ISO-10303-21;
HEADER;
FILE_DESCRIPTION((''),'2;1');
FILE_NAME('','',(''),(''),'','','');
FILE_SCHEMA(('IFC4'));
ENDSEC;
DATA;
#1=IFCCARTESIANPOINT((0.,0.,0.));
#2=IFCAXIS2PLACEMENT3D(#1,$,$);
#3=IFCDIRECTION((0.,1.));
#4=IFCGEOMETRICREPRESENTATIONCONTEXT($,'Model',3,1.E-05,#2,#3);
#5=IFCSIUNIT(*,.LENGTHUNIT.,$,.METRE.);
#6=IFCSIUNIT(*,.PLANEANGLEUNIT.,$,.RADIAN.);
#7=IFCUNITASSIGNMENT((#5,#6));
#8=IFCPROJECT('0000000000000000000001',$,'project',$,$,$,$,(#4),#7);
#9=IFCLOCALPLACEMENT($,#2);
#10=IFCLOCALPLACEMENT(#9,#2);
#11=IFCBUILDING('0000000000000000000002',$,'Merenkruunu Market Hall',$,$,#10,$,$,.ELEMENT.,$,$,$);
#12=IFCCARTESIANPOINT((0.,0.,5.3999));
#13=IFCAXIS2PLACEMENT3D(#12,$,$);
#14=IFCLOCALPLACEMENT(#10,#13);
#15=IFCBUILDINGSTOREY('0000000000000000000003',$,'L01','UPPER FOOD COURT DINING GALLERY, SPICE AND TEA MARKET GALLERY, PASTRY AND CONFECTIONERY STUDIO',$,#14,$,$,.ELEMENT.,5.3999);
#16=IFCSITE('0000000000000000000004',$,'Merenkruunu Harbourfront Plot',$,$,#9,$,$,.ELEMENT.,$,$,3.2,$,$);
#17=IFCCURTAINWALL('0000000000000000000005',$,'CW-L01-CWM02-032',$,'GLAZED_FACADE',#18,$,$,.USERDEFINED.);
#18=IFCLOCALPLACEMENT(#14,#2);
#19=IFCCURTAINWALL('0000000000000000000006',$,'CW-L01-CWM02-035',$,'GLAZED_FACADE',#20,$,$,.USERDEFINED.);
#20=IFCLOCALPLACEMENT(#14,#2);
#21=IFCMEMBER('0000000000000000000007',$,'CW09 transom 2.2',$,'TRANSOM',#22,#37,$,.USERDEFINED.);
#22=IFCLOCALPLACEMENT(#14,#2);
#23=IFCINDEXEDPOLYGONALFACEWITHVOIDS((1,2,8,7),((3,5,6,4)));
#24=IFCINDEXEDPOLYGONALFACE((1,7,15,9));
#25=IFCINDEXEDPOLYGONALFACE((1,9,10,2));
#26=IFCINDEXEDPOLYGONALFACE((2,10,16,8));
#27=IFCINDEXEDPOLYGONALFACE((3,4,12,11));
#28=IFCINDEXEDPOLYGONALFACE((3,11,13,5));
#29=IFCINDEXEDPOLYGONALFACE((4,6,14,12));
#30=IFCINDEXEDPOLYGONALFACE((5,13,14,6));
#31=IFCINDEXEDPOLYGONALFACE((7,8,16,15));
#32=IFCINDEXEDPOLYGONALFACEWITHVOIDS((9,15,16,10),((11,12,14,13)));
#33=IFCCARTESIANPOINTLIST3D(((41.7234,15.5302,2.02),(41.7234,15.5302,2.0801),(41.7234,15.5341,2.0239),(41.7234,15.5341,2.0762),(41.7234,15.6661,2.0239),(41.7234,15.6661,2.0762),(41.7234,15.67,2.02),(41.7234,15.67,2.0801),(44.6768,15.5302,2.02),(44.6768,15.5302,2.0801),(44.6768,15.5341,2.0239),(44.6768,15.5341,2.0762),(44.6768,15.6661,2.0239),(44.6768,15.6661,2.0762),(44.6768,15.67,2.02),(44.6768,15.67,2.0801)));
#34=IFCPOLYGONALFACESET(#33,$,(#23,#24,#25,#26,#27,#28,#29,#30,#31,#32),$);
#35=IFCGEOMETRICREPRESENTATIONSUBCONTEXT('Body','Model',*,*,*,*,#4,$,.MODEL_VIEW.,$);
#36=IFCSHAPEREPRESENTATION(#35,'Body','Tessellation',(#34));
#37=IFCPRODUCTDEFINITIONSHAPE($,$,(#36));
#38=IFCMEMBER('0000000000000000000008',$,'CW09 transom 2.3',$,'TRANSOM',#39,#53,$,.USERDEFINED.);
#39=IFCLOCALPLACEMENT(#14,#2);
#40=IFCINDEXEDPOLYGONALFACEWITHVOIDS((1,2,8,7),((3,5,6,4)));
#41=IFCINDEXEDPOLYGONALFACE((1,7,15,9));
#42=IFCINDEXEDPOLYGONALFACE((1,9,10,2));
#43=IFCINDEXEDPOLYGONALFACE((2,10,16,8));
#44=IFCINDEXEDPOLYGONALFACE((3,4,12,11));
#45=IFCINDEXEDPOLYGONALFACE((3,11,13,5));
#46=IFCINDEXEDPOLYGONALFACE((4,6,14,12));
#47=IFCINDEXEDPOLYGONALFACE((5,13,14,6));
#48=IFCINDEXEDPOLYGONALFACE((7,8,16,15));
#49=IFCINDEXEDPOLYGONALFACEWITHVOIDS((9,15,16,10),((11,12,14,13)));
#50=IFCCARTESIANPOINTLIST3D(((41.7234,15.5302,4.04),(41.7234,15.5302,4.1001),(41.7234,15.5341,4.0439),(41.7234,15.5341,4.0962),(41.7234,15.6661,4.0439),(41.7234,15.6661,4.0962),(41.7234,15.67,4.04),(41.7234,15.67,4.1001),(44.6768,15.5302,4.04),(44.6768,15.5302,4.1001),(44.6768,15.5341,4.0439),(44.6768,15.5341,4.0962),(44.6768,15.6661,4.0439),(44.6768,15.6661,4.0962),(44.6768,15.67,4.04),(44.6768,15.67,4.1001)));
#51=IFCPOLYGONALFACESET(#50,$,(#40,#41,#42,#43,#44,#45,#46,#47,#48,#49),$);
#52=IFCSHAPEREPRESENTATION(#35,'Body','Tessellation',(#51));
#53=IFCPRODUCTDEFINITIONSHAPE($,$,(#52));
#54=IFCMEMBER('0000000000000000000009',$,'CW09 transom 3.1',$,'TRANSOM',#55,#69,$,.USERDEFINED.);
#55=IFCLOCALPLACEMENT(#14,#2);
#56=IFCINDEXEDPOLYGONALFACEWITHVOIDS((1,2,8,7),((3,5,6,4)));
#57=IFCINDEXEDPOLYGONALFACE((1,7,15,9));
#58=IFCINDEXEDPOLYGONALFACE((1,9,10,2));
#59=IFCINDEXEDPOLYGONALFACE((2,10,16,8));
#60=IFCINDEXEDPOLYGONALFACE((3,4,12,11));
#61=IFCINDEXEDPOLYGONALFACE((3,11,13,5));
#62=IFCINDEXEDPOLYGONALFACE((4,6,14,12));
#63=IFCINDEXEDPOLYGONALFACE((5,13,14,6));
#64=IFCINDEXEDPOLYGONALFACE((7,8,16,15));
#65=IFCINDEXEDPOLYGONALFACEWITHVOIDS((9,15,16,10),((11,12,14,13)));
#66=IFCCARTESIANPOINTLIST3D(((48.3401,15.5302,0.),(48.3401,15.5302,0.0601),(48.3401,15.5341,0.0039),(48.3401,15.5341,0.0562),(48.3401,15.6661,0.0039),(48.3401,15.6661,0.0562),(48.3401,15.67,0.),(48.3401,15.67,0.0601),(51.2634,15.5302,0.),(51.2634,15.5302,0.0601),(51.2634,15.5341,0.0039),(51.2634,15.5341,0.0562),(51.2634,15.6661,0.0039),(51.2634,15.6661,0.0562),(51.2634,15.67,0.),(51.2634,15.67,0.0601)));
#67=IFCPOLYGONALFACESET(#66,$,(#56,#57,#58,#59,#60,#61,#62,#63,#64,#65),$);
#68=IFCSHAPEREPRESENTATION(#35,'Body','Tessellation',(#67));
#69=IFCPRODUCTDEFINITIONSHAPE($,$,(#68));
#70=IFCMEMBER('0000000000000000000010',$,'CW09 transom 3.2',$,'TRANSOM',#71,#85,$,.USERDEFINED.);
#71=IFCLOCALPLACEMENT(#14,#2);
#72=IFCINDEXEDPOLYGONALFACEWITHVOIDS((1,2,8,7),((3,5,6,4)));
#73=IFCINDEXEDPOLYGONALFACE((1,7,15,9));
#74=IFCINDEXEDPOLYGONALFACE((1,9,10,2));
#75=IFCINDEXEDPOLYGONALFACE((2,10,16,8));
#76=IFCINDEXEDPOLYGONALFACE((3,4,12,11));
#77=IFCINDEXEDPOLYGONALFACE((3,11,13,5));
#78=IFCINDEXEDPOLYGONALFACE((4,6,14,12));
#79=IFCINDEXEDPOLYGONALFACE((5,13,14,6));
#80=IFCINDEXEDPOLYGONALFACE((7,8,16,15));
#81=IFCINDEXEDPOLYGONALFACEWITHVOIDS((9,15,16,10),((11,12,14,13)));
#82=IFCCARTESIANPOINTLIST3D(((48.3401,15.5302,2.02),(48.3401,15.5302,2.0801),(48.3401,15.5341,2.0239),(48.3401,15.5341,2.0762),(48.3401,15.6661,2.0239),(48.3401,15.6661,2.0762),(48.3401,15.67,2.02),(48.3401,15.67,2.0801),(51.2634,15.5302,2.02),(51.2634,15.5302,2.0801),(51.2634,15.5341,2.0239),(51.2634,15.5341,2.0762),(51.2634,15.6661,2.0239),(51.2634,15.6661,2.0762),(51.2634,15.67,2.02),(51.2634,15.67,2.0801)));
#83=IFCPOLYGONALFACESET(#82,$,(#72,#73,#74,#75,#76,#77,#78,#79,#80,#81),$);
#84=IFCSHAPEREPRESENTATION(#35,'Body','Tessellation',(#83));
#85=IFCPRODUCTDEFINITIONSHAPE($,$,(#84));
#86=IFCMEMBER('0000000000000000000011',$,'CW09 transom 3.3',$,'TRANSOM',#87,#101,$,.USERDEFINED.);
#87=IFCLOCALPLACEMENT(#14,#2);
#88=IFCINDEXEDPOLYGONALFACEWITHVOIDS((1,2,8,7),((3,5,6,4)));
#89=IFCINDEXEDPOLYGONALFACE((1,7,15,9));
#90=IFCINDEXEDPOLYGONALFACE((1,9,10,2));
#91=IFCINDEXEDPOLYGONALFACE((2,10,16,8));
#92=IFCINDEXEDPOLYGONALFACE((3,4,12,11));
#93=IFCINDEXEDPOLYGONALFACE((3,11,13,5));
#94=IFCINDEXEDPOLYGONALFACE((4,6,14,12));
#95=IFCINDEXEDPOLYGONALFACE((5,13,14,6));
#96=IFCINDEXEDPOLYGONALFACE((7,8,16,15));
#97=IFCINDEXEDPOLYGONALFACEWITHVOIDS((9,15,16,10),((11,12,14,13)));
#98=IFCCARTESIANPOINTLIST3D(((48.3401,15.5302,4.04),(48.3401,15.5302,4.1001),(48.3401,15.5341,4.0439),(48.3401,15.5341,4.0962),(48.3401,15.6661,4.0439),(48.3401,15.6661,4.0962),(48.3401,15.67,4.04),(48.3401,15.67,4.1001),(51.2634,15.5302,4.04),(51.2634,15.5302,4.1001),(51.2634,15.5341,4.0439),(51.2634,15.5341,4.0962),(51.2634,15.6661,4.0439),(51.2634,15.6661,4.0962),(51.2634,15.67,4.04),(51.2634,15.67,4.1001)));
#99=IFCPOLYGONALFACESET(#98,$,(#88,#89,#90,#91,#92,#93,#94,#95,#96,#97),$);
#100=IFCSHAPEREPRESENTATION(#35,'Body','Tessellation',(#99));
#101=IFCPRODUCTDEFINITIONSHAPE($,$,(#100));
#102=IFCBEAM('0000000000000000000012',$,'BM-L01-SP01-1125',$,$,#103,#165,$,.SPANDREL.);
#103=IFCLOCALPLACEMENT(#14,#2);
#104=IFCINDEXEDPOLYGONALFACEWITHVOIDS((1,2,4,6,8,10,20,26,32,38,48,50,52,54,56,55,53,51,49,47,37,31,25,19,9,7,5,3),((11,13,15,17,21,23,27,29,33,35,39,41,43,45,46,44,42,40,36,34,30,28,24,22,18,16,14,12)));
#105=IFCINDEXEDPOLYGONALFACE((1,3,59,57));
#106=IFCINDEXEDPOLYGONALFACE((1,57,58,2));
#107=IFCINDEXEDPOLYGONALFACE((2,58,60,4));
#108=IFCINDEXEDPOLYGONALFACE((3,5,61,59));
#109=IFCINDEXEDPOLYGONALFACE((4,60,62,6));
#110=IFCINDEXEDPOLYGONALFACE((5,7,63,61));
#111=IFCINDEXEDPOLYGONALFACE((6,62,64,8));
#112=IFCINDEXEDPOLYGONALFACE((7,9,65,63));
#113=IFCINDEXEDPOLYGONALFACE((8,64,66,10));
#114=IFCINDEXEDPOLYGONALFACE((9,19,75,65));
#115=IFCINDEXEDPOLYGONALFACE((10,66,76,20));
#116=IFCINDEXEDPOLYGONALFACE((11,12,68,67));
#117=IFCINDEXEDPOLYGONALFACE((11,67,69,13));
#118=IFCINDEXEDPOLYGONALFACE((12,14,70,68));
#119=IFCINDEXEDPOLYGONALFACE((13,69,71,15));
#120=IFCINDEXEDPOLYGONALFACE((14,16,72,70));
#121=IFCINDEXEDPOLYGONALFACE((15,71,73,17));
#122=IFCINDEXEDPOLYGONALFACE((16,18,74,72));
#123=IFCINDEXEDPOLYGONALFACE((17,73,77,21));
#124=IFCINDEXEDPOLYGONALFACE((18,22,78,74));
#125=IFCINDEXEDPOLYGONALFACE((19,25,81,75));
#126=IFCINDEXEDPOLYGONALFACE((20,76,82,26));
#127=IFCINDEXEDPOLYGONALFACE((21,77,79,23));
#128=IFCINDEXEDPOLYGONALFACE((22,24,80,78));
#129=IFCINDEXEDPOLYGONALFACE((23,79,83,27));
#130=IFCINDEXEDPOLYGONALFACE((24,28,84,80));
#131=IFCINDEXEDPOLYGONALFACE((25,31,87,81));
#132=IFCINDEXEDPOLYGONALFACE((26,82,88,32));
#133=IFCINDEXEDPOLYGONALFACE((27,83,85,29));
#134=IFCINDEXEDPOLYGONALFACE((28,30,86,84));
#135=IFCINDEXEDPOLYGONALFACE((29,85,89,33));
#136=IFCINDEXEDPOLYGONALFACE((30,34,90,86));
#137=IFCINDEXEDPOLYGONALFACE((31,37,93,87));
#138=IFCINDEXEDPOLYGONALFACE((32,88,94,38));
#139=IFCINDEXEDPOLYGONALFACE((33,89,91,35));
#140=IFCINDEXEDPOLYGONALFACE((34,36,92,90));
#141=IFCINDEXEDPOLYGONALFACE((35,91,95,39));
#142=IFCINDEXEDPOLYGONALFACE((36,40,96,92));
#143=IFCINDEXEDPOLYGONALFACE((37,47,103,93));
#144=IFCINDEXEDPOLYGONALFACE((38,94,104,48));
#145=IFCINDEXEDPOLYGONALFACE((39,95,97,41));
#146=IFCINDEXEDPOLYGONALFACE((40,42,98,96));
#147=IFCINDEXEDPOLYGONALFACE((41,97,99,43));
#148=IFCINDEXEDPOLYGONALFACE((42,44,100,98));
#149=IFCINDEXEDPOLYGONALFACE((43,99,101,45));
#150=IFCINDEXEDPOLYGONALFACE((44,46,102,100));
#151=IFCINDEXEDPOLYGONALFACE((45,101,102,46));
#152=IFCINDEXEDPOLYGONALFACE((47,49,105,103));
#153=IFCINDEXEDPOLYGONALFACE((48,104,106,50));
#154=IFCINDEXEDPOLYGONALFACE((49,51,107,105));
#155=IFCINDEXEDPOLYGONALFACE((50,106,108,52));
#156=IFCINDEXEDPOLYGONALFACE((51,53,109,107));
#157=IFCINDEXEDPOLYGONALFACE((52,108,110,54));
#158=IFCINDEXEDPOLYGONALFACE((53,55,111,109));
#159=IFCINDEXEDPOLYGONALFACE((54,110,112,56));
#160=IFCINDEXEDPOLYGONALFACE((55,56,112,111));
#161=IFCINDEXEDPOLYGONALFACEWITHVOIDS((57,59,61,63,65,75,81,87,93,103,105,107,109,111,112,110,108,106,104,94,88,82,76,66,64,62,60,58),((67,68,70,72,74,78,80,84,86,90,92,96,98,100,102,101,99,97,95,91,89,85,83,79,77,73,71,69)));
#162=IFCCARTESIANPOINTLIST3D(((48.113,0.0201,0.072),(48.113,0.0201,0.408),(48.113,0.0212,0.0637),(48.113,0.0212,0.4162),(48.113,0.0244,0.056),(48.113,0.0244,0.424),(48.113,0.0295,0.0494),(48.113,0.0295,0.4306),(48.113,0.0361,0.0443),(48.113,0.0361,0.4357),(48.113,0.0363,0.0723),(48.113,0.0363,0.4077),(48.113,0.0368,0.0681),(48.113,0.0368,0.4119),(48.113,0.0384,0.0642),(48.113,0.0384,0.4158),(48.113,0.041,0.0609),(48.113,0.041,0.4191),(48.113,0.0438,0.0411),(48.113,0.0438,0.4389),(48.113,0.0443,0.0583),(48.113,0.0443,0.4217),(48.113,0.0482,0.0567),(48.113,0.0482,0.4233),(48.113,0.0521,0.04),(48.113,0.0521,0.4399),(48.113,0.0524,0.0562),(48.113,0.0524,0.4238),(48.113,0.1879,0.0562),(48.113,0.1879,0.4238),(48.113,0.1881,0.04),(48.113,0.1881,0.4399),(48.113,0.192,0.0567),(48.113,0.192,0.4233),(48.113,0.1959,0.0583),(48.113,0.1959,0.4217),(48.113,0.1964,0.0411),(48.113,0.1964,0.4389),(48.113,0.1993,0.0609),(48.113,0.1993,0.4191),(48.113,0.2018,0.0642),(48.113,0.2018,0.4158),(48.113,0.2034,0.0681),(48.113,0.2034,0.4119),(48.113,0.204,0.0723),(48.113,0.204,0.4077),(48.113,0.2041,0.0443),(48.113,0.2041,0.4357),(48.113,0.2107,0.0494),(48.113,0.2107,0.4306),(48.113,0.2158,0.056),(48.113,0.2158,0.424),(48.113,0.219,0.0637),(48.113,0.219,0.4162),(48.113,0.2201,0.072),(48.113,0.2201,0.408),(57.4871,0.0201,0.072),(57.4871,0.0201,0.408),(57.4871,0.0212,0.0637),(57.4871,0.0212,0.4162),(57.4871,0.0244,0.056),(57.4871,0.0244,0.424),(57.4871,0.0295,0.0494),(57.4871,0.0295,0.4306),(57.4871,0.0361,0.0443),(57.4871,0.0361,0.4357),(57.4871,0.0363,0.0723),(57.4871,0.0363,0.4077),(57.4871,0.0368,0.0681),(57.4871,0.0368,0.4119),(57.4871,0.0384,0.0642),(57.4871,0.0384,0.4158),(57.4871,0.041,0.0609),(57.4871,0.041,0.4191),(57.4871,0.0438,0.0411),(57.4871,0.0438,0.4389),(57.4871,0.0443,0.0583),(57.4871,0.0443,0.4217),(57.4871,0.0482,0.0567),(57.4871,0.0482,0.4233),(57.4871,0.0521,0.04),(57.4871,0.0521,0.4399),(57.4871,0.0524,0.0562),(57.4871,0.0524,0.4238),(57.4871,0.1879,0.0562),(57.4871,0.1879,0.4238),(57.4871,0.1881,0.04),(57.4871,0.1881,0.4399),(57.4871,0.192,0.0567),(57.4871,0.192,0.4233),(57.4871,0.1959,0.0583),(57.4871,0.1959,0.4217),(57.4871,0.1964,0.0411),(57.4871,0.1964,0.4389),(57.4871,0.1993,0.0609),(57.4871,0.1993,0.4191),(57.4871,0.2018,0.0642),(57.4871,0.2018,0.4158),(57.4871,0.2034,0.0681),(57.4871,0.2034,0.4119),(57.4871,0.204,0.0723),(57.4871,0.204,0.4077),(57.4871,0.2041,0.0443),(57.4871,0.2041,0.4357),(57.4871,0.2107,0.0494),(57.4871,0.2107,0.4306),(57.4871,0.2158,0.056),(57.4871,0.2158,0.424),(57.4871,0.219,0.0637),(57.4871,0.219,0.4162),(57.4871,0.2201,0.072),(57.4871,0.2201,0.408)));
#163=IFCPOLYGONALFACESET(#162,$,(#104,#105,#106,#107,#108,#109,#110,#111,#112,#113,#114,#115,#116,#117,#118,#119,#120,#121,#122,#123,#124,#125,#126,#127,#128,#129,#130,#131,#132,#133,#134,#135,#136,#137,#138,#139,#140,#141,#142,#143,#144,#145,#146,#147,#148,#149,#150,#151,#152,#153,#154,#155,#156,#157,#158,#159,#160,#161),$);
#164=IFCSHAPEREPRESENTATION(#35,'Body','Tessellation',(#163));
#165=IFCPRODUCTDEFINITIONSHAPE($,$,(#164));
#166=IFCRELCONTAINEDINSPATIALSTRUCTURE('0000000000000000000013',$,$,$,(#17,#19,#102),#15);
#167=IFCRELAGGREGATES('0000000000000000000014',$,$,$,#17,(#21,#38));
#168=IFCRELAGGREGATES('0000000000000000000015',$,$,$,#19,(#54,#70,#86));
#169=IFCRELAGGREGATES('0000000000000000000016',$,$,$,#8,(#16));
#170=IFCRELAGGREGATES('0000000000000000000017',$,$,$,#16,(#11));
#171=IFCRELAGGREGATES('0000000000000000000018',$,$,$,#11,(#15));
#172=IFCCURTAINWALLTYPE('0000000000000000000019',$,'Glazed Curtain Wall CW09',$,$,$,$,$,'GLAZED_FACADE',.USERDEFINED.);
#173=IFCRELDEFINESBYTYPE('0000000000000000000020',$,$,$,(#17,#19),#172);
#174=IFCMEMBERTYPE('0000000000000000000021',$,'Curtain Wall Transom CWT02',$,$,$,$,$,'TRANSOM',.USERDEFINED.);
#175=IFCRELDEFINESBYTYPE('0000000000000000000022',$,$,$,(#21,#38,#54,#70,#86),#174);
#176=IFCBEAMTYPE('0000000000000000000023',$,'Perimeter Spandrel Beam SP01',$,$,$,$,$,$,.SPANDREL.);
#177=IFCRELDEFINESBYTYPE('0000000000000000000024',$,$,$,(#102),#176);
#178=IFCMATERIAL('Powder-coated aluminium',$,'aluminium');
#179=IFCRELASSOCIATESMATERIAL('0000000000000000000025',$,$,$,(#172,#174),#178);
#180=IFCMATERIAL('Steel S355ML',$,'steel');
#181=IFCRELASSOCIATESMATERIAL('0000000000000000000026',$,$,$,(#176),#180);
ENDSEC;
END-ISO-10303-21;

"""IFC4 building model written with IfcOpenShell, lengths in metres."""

from ifc_helpers import new_model, si_unit, direction, frame, origin, origin_2d, place, context, subcontext, project, spatial, hollow_rectangle, extrude, material, material_profile, profile_set, type_object, element, aggregate, save


model = new_model("IFC4")

# Units and contexts
model_context = context("Model", 3, precision=1e-05, world=origin(), true_north=direction((0.0, 1.0)))
body_context = subcontext(model_context, "Body", "Model", "MODEL_VIEW")
ifc_project = project(units=[si_unit("LENGTHUNIT", "METRE"), si_unit("PLANEANGLEUNIT", "RADIAN")], contexts=[model_context])

# Site, building, storey
site_placement = place(None, origin())
site = spatial("IfcSite", under=ifc_project, at=site_placement, Name="Merenkruunu Harbourfront Plot", CompositionType="ELEMENT", RefElevation=3.2)
building_placement = place(site_placement, origin())
building = spatial("IfcBuilding", under=site, at=building_placement, Name="Merenkruunu Market Hall", CompositionType="ELEMENT")
storey_placement = place(building_placement, frame((0.0, 0.0, 5.3999)))
storey = spatial("IfcBuildingStorey", under=building, at=storey_placement, Name="L01", Description="UPPER FOOD COURT DINING GALLERY, SPICE AND TEA MARKET GALLERY, PASTRY AND CONFECTIONERY STUDIO", CompositionType="ELEMENT", Elevation=5.3999)

# Curtain walls
ifc_material_1 = material(Name="Powder-coated aluminium", Category="aluminium")
curtain_wall_type = type_object("IfcCurtainWallType", Name="Glazed Curtain Wall CW09", ElementType="GLAZED_FACADE", PredefinedType="USERDEFINED", material=ifc_material_1)
curtain_wall_1_placement = place(storey_placement, origin())
curtain_wall_1 = element("IfcCurtainWall", 1, at=curtain_wall_1_placement, inside=storey, type_object=curtain_wall_type, Name="CW-L01-CWM02-032", ObjectType="GLAZED_FACADE", PredefinedType="USERDEFINED")
curtain_wall_2_placement = place(storey_placement, origin())
curtain_wall_2 = element("IfcCurtainWall", 2, at=curtain_wall_2_placement, inside=storey, type_object=curtain_wall_type, Name="CW-L01-CWM02-035", ObjectType="GLAZED_FACADE", PredefinedType="USERDEFINED")

# Members
ifc_material_profile_1 = material_profile(ifc_material_1, hollow_rectangle(XDim=0.0601, YDim=0.1399, WallThickness=0.0039, at=origin_2d()), Name="ALU 60x140x4")
ifc_profile_set_1 = profile_set([ifc_material_profile_1], Name="Powder-coated aluminium")
member_type_1 = type_object("IfcMemberType", Name="Curtain Wall Transom CWT02", ElementType="TRANSOM", PredefinedType="USERDEFINED", material=ifc_profile_set_1)
member_1_placement = place(storey_placement, frame((44.6768, 15.6001, 2.05), z_axis=(-1.0, 0.0, 0.0), x_axis=(0.0, 0.0, 1.0)))
member_1 = element("IfcMember", 3, at=member_1_placement, type_object=member_type_1, Name="CW09 transom 2.2", ObjectType="TRANSOM", PredefinedType="USERDEFINED", context=body_context, shape_type="SweptSolid", body=[
    extrude(hollow_rectangle(XDim=0.0601, YDim=0.1399, WallThickness=0.0039, at=origin_2d()), origin(), (0.0, 0.0, 1.0), 2.9534),
])
member_2_placement = place(storey_placement, frame((44.6768, 15.6001, 4.0701), z_axis=(-1.0, 0.0, 0.0), x_axis=(0.0, 0.0, 1.0)))
member_2 = element("IfcMember", 4, at=member_2_placement, type_object=member_type_1, Name="CW09 transom 2.3", ObjectType="TRANSOM", PredefinedType="USERDEFINED", context=body_context, shape_type="SweptSolid", body=[
    extrude(hollow_rectangle(XDim=0.0601, YDim=0.1399, WallThickness=0.0039, at=origin_2d()), origin(), (0.0, 0.0, 1.0), 2.9534),
])
member_3_placement = place(storey_placement, frame((51.2634, 15.6001, 0.03), z_axis=(-1.0, 0.0, 0.0), x_axis=(0.0, 0.0, 1.0)))
member_3 = element("IfcMember", 5, at=member_3_placement, type_object=member_type_1, Name="CW09 transom 3.1", ObjectType="TRANSOM", PredefinedType="USERDEFINED", context=body_context, shape_type="SweptSolid", body=[
    extrude(hollow_rectangle(XDim=0.0601, YDim=0.1399, WallThickness=0.0039, at=origin_2d()), origin(), (0.0, 0.0, 1.0), 2.9233),
])
member_4_placement = place(storey_placement, frame((51.2634, 15.6001, 2.05), z_axis=(-1.0, 0.0, 0.0), x_axis=(0.0, 0.0, 1.0)))
member_4 = element("IfcMember", 6, at=member_4_placement, type_object=member_type_1, Name="CW09 transom 3.2", ObjectType="TRANSOM", PredefinedType="USERDEFINED", context=body_context, shape_type="SweptSolid", body=[
    extrude(hollow_rectangle(XDim=0.0601, YDim=0.1399, WallThickness=0.0039, at=origin_2d()), origin(), (0.0, 0.0, 1.0), 2.9233),
])
member_5_placement = place(storey_placement, frame((51.2634, 15.6001, 4.0701), z_axis=(-1.0, 0.0, 0.0), x_axis=(0.0, 0.0, 1.0)))
member_5 = element("IfcMember", 7, at=member_5_placement, type_object=member_type_1, Name="CW09 transom 3.3", ObjectType="TRANSOM", PredefinedType="USERDEFINED", context=body_context, shape_type="SweptSolid", body=[
    extrude(hollow_rectangle(XDim=0.0601, YDim=0.1399, WallThickness=0.0039, at=origin_2d()), origin(), (0.0, 0.0, 1.0), 2.9233),
])

# Beam
ifc_material_2 = material(Name="Steel S355ML", Category="steel")
ifc_material_profile_2 = material_profile(ifc_material_2, hollow_rectangle(XDim=0.2, YDim=0.3999, WallThickness=0.0161, InnerFilletRadius=0.0161, OuterFilletRadius=0.032, at=origin_2d()), Name="RHS 400x200x16")
ifc_profile_set_2 = profile_set([ifc_material_profile_2], Name="Steel S355ML")
beam_type_1 = type_object("IfcBeamType", Name="Perimeter Spandrel Beam SP01", PredefinedType="SPANDREL", material=ifc_profile_set_2)
beam_1_placement = place(storey_placement, frame((48.113, 0.1201, 0.24), z_axis=(1.0, 0.0, 0.0), x_axis=(0.0, 1.0, 0.0)))
element("IfcBeam", 8, at=beam_1_placement, inside=storey, type_object=beam_type_1, Name="BM-L01-SP01-1125", PredefinedType="SPANDREL", context=body_context, shape_type="SweptSolid", body=[
    extrude(hollow_rectangle(XDim=0.2, YDim=0.3999, WallThickness=0.0161, InnerFilletRadius=0.0161, OuterFilletRadius=0.032, at=origin_2d()), origin(), (0.0, 0.0, 1.0), 9.374),
])

aggregate(curtain_wall_1, [member_1, member_2])
aggregate(curtain_wall_2, [member_3, member_4, member_5])

save(model, "model.ifc")
